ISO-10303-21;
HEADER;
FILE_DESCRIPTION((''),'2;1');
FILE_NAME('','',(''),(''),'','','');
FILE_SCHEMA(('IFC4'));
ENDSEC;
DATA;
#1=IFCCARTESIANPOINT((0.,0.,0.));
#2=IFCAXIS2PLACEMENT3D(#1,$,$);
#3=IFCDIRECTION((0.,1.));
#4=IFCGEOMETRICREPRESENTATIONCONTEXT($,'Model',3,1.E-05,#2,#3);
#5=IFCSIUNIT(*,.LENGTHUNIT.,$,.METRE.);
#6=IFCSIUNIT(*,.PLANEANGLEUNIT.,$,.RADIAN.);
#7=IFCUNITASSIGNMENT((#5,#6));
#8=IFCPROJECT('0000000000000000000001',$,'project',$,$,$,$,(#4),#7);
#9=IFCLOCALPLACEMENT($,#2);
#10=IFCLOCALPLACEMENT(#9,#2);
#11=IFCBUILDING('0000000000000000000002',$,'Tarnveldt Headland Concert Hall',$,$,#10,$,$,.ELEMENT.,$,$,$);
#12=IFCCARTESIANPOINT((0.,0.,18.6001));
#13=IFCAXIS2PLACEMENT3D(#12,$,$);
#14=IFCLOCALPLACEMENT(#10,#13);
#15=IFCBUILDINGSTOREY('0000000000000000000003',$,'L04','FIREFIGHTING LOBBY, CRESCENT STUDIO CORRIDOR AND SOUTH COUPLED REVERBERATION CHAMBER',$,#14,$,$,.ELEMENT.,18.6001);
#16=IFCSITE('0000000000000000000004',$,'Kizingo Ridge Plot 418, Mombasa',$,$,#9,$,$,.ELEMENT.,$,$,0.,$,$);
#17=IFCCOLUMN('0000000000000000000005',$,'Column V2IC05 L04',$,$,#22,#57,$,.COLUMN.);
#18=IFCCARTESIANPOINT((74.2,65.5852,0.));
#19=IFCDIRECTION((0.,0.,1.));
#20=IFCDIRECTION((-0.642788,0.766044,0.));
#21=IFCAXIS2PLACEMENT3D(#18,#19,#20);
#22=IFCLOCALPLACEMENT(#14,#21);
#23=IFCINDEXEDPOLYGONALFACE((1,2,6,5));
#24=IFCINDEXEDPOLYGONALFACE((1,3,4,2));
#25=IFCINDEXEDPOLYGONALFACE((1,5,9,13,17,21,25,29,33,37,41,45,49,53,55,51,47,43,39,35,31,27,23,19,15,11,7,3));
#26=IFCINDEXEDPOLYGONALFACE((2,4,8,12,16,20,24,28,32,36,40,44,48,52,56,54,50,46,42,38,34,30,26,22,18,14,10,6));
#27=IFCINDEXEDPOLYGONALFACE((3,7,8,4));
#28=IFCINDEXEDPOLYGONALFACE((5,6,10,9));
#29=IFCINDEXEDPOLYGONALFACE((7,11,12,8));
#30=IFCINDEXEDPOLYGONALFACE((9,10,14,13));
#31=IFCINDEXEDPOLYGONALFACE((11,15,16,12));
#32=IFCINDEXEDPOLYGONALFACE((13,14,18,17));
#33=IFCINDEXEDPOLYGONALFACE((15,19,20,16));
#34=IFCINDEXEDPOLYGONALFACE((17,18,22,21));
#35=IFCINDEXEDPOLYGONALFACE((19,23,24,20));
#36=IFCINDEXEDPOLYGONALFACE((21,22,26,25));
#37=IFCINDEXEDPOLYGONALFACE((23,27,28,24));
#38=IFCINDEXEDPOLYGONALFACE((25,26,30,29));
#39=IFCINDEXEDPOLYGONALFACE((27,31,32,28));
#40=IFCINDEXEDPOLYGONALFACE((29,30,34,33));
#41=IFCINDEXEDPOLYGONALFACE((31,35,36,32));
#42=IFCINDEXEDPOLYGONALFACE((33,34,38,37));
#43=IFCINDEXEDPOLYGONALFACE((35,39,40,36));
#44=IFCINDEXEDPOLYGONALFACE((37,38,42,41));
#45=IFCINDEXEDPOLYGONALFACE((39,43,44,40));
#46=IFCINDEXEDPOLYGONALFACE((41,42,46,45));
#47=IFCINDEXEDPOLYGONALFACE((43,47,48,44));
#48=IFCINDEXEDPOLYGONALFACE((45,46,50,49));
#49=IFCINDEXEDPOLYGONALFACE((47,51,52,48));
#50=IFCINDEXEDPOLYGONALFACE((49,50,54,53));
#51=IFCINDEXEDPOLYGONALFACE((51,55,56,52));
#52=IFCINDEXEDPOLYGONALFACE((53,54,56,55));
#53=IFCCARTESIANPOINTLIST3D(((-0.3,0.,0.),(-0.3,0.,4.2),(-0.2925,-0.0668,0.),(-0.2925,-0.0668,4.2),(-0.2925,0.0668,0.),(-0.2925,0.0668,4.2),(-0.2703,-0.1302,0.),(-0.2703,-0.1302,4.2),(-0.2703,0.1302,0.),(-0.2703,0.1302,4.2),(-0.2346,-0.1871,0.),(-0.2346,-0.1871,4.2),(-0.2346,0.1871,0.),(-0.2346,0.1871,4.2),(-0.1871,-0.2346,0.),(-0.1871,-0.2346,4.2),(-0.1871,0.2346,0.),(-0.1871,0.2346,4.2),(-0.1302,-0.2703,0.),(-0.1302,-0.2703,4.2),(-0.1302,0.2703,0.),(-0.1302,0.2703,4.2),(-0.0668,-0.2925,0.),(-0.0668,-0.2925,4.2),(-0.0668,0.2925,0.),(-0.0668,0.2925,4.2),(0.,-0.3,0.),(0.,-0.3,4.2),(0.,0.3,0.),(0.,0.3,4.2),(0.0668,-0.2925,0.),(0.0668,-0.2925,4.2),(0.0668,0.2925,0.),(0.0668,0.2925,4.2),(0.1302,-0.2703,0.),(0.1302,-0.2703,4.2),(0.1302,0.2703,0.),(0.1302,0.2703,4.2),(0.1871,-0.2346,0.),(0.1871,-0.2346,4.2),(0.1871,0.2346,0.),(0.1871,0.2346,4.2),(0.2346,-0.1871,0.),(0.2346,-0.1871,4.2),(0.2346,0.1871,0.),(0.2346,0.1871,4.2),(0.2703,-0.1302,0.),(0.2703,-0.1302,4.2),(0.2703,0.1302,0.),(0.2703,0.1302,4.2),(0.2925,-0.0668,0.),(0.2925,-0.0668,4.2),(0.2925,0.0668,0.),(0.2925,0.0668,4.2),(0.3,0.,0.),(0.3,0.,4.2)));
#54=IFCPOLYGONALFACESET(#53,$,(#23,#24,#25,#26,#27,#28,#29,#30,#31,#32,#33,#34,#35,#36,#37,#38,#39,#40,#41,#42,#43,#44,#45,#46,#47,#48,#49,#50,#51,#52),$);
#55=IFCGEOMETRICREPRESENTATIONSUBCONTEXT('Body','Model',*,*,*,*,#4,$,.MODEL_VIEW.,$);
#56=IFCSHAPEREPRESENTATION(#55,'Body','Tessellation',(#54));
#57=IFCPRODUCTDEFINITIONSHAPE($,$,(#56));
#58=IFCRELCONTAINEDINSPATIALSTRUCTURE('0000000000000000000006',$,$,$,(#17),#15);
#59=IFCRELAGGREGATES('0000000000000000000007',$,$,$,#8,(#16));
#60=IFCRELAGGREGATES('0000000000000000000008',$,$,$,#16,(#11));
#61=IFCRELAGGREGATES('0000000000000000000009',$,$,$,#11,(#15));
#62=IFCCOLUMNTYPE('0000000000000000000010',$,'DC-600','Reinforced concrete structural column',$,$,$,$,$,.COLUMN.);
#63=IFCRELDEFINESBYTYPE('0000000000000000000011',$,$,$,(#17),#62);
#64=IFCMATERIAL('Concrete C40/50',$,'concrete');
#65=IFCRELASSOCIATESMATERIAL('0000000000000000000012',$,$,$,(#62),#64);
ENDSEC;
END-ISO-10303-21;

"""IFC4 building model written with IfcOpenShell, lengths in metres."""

from ifc_helpers import new_model, si_unit, direction, frame, origin, origin_2d, place, context, subcontext, project, spatial, circle, extrude, material, material_profile, profile_set, type_object, element, save


model = new_model("IFC4")

# Units and contexts
model_context = context("Model", 3, precision=1e-05, world=origin(), true_north=direction((0.0, 1.0)))
body_context = subcontext(model_context, "Body", "Model", "MODEL_VIEW")
ifc_project = project(units=[si_unit("LENGTHUNIT", "METRE"), si_unit("PLANEANGLEUNIT", "RADIAN")], contexts=[model_context])

# Site, building, storey
site_placement = place(None, origin())
site = spatial("IfcSite", under=ifc_project, at=site_placement, Name="Kizingo Ridge Plot 418, Mombasa", CompositionType="ELEMENT", RefElevation=0.0)
building_placement = place(site_placement, origin())
building = spatial("IfcBuilding", under=site, at=building_placement, Name="Tarnveldt Headland Concert Hall", CompositionType="ELEMENT")
storey_placement = place(building_placement, frame((0.0, 0.0, 18.6001)))
storey = spatial("IfcBuildingStorey", under=building, at=storey_placement, Name="L04", Description="FIREFIGHTING LOBBY, CRESCENT STUDIO CORRIDOR AND SOUTH COUPLED REVERBERATION CHAMBER", CompositionType="ELEMENT", Elevation=18.6001)

# Column
ifc_material_1 = material(Name="Concrete C40/50", Category="concrete")
ifc_material_profile_1 = material_profile(ifc_material_1, circle(Radius=0.3, at=origin_2d()), Name="RC D600", Category="concrete")
ifc_profile_set_1 = profile_set([ifc_material_profile_1], Name="Concrete C40/50")
column_type_1 = type_object("IfcColumnType", Name="DC-600", Description="Reinforced concrete structural column", PredefinedType="COLUMN", material=ifc_profile_set_1)
column_1_placement = place(storey_placement, frame((74.2, 65.5852, 0.0), z_axis=(0.0, 0.0, 1.0), x_axis=(-0.642788, 0.766044, 0.0)))
element("IfcColumn", 1, at=column_1_placement, inside=storey, type_object=column_type_1, Name="Column V2IC05 L04", PredefinedType="COLUMN", context=body_context, shape_type="SweptSolid", body=[
    extrude(circle(Radius=0.3, at=origin_2d()), origin(), (0.0, 0.0, 1.0), 4.2),
])

save(model, "model.ifc")
